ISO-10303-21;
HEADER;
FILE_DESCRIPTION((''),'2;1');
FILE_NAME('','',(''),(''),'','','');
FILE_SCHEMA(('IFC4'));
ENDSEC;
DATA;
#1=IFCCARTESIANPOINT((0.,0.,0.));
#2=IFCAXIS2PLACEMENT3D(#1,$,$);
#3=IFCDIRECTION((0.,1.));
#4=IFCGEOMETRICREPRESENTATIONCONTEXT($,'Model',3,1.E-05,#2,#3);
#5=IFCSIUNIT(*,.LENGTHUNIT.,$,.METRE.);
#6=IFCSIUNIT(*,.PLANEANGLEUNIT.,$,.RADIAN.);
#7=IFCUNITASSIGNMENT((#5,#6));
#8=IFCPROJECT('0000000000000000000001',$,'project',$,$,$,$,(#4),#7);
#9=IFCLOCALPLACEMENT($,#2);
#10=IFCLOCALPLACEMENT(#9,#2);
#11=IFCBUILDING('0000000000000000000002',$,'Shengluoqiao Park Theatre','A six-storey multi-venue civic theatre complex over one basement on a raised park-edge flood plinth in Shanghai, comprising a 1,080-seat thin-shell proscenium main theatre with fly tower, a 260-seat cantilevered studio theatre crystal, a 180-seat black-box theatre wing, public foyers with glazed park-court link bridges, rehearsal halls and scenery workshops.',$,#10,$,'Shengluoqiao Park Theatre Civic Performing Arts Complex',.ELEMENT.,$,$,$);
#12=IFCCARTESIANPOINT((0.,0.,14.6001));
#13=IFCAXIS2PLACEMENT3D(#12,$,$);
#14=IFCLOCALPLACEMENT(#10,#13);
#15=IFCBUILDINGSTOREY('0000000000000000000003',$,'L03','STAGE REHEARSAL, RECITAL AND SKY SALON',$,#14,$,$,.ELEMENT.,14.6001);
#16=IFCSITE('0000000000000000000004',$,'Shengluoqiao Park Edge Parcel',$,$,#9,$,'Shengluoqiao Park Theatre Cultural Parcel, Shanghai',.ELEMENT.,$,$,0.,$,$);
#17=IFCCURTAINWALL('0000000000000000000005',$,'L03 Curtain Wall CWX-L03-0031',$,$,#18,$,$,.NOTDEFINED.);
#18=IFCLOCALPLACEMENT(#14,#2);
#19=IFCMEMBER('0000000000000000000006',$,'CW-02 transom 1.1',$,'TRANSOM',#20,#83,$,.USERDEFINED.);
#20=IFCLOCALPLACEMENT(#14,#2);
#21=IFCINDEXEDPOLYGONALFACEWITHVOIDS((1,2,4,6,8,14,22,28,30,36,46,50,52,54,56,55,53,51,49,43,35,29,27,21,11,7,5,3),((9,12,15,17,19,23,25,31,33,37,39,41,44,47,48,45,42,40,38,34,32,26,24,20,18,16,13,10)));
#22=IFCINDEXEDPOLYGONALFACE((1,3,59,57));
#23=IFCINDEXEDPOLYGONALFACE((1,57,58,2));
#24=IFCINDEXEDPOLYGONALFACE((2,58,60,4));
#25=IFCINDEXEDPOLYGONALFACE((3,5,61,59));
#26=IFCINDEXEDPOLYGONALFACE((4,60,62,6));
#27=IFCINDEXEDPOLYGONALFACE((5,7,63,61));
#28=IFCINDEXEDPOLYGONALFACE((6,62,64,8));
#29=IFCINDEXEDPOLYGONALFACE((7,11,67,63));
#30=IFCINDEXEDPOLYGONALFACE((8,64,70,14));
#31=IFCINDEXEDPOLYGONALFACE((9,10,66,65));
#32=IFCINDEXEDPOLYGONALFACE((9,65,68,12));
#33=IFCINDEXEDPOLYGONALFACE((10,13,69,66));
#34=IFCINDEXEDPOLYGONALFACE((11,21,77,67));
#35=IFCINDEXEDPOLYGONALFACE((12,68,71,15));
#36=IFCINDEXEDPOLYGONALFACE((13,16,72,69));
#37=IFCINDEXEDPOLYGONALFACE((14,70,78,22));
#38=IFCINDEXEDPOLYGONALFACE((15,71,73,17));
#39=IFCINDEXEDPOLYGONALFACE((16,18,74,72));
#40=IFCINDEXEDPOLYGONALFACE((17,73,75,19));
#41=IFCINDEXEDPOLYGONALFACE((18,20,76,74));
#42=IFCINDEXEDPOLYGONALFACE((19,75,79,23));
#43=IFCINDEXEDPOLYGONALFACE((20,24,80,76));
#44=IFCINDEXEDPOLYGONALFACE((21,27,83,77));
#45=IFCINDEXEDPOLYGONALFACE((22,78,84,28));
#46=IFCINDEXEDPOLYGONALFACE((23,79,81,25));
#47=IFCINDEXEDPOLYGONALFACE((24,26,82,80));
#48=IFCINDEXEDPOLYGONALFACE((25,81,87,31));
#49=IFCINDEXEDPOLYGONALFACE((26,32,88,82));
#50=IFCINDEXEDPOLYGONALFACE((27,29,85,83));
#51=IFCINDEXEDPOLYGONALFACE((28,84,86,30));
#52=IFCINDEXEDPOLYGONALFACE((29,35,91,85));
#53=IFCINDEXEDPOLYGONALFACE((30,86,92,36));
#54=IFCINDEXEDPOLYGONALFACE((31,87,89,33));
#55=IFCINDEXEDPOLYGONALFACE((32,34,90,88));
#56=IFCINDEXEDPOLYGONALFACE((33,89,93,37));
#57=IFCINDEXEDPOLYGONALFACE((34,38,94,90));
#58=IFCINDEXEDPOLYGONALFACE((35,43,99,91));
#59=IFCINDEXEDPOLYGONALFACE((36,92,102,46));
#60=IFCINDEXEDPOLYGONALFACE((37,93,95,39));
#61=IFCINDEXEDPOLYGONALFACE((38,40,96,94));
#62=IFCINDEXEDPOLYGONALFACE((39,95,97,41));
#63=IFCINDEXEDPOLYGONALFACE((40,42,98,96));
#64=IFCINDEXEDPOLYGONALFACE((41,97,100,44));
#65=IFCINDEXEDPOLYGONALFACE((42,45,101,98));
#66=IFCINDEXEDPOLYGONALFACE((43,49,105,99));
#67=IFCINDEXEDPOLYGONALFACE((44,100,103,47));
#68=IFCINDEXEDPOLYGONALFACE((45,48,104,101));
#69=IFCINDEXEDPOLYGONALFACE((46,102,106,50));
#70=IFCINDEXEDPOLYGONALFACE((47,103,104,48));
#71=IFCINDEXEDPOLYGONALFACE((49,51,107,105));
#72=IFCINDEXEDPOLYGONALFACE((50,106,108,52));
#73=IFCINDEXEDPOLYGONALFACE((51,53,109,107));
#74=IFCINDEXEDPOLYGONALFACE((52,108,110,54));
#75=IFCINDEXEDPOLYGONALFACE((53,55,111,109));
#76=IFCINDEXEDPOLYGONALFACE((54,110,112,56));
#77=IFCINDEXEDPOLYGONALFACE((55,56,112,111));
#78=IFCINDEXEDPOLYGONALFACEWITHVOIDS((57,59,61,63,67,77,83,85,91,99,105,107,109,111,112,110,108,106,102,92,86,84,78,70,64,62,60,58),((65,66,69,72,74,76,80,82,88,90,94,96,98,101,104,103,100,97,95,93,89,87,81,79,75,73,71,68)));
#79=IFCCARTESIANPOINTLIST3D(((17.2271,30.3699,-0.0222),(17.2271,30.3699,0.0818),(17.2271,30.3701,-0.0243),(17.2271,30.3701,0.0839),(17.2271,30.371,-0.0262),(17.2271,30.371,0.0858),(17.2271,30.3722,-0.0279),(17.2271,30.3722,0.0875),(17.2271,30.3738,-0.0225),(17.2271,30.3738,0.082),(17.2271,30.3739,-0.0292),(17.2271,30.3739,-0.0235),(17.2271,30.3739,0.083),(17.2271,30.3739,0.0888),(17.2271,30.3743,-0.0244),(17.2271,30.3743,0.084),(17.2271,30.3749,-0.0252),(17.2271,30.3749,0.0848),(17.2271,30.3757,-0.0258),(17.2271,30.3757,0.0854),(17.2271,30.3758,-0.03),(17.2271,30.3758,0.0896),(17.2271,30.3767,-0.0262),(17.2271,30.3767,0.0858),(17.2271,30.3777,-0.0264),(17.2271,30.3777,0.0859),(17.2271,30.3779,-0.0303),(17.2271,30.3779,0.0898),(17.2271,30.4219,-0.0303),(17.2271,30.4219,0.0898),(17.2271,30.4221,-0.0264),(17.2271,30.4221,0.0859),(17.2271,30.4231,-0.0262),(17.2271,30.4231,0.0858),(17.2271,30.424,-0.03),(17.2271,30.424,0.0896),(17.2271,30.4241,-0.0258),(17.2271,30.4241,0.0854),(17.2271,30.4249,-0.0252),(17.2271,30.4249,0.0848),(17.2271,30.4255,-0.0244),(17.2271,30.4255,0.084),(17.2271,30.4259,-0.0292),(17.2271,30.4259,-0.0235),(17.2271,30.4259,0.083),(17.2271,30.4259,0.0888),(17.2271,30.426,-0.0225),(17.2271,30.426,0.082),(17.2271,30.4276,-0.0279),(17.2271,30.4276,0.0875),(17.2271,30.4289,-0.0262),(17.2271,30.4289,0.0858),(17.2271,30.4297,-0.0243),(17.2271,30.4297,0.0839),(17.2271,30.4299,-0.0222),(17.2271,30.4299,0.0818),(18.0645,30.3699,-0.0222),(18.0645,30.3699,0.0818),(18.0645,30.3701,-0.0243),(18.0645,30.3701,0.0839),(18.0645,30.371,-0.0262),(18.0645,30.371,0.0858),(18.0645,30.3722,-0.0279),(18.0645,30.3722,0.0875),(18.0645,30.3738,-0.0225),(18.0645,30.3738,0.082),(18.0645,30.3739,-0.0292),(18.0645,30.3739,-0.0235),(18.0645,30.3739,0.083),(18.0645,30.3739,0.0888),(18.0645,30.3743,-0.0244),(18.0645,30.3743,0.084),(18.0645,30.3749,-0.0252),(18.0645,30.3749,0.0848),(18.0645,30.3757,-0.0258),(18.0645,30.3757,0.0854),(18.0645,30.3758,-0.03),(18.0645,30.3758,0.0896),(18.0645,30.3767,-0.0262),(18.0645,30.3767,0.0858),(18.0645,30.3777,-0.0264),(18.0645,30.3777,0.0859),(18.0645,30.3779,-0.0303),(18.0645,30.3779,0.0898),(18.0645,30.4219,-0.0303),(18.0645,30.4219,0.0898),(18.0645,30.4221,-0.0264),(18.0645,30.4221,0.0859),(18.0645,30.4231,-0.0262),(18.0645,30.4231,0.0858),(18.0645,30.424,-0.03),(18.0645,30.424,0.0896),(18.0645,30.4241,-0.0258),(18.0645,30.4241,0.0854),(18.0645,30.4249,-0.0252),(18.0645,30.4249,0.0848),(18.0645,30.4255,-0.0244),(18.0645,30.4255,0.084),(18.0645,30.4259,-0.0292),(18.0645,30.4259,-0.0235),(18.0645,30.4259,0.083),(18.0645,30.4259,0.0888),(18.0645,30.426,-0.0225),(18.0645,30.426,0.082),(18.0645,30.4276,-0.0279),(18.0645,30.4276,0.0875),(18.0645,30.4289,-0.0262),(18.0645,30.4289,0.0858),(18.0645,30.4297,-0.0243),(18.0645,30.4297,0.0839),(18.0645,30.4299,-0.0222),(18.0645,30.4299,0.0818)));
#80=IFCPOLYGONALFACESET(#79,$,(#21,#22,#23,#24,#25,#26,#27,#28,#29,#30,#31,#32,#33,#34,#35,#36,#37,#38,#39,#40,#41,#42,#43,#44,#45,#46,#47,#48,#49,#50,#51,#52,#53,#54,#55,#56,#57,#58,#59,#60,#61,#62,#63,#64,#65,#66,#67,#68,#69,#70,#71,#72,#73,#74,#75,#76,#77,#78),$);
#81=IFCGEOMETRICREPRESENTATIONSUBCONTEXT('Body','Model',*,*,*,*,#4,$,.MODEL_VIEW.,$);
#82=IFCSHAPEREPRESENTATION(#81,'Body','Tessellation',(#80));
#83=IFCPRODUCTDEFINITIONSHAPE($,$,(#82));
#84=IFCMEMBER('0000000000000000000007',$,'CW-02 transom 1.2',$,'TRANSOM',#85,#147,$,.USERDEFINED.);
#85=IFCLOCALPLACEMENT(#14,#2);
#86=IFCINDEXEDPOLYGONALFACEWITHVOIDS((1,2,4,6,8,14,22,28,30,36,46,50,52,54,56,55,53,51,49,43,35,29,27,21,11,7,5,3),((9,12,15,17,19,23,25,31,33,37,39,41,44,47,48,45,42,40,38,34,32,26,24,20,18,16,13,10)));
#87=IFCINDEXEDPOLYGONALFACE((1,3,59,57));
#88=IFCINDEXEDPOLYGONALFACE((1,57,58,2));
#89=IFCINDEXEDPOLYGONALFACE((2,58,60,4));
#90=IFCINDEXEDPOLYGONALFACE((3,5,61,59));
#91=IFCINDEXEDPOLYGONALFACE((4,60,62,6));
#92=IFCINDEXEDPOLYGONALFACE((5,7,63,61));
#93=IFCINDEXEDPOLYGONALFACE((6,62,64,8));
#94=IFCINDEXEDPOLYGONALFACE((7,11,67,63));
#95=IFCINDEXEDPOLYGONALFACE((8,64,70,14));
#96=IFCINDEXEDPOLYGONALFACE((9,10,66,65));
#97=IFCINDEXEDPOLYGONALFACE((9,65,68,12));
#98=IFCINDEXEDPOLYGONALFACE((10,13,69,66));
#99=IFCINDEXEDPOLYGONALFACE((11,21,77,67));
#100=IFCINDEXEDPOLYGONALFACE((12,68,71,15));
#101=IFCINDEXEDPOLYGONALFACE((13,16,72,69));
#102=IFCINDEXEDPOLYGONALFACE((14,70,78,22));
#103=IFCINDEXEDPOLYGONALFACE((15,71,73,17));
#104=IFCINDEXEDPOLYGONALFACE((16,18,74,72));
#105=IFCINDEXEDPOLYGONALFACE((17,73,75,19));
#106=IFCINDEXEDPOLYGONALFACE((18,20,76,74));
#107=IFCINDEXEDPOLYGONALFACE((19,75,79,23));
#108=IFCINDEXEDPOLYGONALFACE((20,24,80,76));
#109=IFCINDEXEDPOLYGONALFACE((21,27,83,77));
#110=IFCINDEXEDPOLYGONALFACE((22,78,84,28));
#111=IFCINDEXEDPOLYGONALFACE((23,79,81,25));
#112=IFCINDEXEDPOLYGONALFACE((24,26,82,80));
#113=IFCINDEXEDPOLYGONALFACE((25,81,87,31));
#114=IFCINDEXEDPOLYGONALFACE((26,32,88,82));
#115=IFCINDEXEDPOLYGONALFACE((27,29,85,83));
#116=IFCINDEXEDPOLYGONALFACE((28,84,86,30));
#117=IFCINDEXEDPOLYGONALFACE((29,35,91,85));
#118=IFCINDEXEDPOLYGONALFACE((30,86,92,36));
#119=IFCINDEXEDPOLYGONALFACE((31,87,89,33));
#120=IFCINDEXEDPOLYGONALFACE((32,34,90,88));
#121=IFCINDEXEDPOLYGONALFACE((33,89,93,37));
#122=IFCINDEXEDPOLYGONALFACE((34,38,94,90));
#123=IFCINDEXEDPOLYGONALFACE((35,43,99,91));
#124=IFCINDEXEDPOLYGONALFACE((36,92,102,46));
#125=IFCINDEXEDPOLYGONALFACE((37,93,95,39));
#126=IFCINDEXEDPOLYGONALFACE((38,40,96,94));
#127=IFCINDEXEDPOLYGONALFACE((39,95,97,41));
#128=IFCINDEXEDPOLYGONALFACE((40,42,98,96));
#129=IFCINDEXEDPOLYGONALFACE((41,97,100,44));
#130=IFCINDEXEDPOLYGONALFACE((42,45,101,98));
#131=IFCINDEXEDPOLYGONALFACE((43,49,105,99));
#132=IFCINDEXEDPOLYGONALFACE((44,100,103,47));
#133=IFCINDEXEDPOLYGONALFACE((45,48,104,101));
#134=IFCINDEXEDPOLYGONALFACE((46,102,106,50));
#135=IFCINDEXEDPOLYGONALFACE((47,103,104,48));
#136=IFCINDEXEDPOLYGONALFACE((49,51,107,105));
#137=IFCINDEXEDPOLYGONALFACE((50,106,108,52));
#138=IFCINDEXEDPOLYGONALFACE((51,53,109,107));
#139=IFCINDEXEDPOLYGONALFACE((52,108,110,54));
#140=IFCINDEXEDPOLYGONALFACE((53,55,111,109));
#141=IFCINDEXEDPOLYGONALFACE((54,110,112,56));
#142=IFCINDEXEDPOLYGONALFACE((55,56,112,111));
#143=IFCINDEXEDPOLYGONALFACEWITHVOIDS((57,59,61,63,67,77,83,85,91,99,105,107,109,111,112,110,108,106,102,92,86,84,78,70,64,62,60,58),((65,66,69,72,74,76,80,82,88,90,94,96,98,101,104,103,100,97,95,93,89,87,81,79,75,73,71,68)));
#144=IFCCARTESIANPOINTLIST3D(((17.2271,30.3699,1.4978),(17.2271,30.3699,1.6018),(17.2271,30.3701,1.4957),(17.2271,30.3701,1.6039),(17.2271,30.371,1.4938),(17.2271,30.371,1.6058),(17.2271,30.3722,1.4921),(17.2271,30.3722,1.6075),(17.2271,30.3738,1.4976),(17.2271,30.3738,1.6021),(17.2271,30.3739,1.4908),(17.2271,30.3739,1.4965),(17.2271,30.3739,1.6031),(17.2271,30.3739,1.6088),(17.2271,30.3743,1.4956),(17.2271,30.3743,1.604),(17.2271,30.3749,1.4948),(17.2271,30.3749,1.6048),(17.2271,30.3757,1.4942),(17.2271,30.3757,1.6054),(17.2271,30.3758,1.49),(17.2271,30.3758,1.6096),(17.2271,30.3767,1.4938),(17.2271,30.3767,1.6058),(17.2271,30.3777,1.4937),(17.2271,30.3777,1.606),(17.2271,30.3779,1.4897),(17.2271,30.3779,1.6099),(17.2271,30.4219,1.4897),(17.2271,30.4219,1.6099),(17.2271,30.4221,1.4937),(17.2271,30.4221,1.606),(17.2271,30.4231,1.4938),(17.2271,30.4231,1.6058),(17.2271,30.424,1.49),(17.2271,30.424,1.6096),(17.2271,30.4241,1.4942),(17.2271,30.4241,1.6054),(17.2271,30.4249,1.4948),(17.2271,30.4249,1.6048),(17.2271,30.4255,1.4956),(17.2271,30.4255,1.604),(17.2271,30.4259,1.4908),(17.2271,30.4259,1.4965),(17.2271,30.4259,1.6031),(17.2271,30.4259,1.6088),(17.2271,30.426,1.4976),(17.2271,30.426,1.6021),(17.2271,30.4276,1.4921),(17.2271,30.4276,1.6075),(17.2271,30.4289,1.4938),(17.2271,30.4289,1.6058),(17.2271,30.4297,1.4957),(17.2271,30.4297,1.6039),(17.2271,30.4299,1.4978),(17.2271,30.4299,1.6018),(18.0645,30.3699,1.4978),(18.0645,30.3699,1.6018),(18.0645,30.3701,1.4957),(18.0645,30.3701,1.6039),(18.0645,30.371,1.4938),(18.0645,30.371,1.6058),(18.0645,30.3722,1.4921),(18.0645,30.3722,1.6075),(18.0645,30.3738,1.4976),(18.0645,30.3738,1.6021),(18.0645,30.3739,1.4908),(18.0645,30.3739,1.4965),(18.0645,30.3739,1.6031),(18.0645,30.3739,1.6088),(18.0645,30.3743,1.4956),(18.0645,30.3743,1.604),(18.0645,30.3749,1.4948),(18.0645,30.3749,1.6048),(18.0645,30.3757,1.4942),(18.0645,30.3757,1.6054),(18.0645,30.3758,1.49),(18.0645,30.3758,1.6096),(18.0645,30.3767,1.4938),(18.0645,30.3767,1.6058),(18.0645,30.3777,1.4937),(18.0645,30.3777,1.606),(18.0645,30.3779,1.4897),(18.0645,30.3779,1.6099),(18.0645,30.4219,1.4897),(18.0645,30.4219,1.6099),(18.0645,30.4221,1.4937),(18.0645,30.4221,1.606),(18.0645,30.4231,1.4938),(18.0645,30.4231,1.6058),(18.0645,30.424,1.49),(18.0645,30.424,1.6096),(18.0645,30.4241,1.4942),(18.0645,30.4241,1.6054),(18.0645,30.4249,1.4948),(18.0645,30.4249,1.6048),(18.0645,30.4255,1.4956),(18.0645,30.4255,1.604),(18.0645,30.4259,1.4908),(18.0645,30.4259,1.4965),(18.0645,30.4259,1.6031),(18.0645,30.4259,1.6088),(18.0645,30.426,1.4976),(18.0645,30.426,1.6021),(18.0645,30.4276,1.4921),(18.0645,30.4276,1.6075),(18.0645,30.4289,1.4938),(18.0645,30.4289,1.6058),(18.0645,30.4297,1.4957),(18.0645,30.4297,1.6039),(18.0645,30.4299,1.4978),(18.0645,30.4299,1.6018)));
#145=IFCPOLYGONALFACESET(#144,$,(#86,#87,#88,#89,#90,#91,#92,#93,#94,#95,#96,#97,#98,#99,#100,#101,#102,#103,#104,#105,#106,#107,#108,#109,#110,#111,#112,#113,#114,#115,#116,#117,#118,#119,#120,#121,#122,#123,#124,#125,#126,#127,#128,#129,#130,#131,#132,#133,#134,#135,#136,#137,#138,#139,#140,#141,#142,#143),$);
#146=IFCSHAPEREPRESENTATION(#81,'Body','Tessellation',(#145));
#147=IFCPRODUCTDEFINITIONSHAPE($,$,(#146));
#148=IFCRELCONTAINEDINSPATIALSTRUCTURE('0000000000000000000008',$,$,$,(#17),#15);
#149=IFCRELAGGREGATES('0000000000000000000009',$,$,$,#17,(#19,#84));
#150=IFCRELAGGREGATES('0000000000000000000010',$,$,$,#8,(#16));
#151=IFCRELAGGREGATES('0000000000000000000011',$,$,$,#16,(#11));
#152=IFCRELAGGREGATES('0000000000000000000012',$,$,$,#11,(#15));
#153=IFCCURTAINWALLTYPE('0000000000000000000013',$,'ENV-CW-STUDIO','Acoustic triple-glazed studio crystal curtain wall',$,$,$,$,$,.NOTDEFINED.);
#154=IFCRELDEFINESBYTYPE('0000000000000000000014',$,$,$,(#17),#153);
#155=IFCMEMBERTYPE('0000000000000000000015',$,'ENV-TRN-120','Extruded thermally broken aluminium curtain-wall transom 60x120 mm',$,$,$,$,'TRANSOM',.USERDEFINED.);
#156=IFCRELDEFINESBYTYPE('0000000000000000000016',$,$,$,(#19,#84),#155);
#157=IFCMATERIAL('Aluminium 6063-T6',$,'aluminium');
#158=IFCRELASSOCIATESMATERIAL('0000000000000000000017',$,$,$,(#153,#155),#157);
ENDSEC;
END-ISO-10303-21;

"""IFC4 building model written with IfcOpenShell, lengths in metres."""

from ifc_helpers import new_model, si_unit, direction, frame, origin, origin_2d, place, context, subcontext, project, spatial, hollow_rectangle, extrude, material, material_profile, profile_set, type_object, element, aggregate, save


model = new_model("IFC4")

# Units and contexts
model_context = context("Model", 3, precision=1e-05, world=origin(), true_north=direction((0.0, 1.0)))
body_context = subcontext(model_context, "Body", "Model", "MODEL_VIEW")
ifc_project = project(units=[si_unit("LENGTHUNIT", "METRE"), si_unit("PLANEANGLEUNIT", "RADIAN")], contexts=[model_context])

# Site, building, storey
site_placement = place(None, origin())
site = spatial("IfcSite", under=ifc_project, at=site_placement, Name="Shengluoqiao Park Edge Parcel", LongName="Shengluoqiao Park Theatre Cultural Parcel, Shanghai", CompositionType="ELEMENT", RefElevation=0.0)
building_placement = place(site_placement, origin())
building = spatial("IfcBuilding", under=site, at=building_placement, Name="Shengluoqiao Park Theatre", Description="A six-storey multi-venue civic theatre complex over one basement on a raised park-edge flood plinth in Shanghai, comprising a 1,080-seat thin-shell proscenium main theatre with fly tower, a 260-seat cantilevered studio theatre crystal, a 180-seat black-box theatre wing, public foyers with glazed park-court link bridges, rehearsal halls and scenery workshops.", LongName="Shengluoqiao Park Theatre Civic Performing Arts Complex", CompositionType="ELEMENT")
storey_placement = place(building_placement, frame((0.0, 0.0, 14.6001)))
storey = spatial("IfcBuildingStorey", under=building, at=storey_placement, Name="L03", Description="STAGE REHEARSAL, RECITAL AND SKY SALON", CompositionType="ELEMENT", Elevation=14.6001)

# Shared definitions
ifc_material_1 = material(Name="Aluminium 6063-T6", Category="aluminium")
curtain_wall_type = type_object("IfcCurtainWallType", Name="ENV-CW-STUDIO", Description="Acoustic triple-glazed studio crystal curtain wall", PredefinedType="NOTDEFINED", material=ifc_material_1)

# Curtain wall, members
curtain_wall_1_placement = place(storey_placement, origin())
curtain_wall_1 = element("IfcCurtainWall", 1, at=curtain_wall_1_placement, inside=storey, type_object=curtain_wall_type, Name="L03 Curtain Wall CWX-L03-0031", PredefinedType="NOTDEFINED")
ifc_material_profile_1 = material_profile(ifc_material_1, hollow_rectangle(XDim=0.0601, YDim=0.1201, WallThickness=0.0039, InnerFilletRadius=0.0039, OuterFilletRadius=0.0081, at=origin_2d()), Name="ALU TRANSOM 120x60x4")
ifc_profile_set_1 = profile_set([ifc_material_profile_1], Name="Aluminium 6063-T6")
member_type_1 = type_object("IfcMemberType", Name="ENV-TRN-120", Description="Extruded thermally broken aluminium curtain-wall transom 60x120 mm", ElementType="TRANSOM", PredefinedType="USERDEFINED", material=ifc_profile_set_1)
member_1_placement = place(storey_placement, frame((17.2271, 30.3999, 0.0298), z_axis=(1.0, 0.0, 0.0), x_axis=(0.0, 1.0, 0.0)))
member_1 = element("IfcMember", 2, at=member_1_placement, type_object=member_type_1, Name="CW-02 transom 1.1", ObjectType="TRANSOM", PredefinedType="USERDEFINED", context=body_context, shape_type="SweptSolid", body=[
    extrude(hollow_rectangle(XDim=0.0601, YDim=0.1201, WallThickness=0.0039, InnerFilletRadius=0.0039, OuterFilletRadius=0.0081, at=origin_2d()), origin(), (0.0, 0.0, 1.0), 0.8374),
])
member_2_placement = place(storey_placement, frame((17.2271, 30.3999, 1.5498), z_axis=(1.0, 0.0, 0.0), x_axis=(0.0, 1.0, 0.0)))
member_2 = element("IfcMember", 3, at=member_2_placement, type_object=member_type_1, Name="CW-02 transom 1.2", ObjectType="TRANSOM", PredefinedType="USERDEFINED", context=body_context, shape_type="SweptSolid", body=[
    extrude(hollow_rectangle(XDim=0.0601, YDim=0.1201, WallThickness=0.0039, InnerFilletRadius=0.0039, OuterFilletRadius=0.0081, at=origin_2d()), origin(), (0.0, 0.0, 1.0), 0.8374),
])

aggregate(curtain_wall_1, [member_1, member_2])

save(model, "model.ifc")
